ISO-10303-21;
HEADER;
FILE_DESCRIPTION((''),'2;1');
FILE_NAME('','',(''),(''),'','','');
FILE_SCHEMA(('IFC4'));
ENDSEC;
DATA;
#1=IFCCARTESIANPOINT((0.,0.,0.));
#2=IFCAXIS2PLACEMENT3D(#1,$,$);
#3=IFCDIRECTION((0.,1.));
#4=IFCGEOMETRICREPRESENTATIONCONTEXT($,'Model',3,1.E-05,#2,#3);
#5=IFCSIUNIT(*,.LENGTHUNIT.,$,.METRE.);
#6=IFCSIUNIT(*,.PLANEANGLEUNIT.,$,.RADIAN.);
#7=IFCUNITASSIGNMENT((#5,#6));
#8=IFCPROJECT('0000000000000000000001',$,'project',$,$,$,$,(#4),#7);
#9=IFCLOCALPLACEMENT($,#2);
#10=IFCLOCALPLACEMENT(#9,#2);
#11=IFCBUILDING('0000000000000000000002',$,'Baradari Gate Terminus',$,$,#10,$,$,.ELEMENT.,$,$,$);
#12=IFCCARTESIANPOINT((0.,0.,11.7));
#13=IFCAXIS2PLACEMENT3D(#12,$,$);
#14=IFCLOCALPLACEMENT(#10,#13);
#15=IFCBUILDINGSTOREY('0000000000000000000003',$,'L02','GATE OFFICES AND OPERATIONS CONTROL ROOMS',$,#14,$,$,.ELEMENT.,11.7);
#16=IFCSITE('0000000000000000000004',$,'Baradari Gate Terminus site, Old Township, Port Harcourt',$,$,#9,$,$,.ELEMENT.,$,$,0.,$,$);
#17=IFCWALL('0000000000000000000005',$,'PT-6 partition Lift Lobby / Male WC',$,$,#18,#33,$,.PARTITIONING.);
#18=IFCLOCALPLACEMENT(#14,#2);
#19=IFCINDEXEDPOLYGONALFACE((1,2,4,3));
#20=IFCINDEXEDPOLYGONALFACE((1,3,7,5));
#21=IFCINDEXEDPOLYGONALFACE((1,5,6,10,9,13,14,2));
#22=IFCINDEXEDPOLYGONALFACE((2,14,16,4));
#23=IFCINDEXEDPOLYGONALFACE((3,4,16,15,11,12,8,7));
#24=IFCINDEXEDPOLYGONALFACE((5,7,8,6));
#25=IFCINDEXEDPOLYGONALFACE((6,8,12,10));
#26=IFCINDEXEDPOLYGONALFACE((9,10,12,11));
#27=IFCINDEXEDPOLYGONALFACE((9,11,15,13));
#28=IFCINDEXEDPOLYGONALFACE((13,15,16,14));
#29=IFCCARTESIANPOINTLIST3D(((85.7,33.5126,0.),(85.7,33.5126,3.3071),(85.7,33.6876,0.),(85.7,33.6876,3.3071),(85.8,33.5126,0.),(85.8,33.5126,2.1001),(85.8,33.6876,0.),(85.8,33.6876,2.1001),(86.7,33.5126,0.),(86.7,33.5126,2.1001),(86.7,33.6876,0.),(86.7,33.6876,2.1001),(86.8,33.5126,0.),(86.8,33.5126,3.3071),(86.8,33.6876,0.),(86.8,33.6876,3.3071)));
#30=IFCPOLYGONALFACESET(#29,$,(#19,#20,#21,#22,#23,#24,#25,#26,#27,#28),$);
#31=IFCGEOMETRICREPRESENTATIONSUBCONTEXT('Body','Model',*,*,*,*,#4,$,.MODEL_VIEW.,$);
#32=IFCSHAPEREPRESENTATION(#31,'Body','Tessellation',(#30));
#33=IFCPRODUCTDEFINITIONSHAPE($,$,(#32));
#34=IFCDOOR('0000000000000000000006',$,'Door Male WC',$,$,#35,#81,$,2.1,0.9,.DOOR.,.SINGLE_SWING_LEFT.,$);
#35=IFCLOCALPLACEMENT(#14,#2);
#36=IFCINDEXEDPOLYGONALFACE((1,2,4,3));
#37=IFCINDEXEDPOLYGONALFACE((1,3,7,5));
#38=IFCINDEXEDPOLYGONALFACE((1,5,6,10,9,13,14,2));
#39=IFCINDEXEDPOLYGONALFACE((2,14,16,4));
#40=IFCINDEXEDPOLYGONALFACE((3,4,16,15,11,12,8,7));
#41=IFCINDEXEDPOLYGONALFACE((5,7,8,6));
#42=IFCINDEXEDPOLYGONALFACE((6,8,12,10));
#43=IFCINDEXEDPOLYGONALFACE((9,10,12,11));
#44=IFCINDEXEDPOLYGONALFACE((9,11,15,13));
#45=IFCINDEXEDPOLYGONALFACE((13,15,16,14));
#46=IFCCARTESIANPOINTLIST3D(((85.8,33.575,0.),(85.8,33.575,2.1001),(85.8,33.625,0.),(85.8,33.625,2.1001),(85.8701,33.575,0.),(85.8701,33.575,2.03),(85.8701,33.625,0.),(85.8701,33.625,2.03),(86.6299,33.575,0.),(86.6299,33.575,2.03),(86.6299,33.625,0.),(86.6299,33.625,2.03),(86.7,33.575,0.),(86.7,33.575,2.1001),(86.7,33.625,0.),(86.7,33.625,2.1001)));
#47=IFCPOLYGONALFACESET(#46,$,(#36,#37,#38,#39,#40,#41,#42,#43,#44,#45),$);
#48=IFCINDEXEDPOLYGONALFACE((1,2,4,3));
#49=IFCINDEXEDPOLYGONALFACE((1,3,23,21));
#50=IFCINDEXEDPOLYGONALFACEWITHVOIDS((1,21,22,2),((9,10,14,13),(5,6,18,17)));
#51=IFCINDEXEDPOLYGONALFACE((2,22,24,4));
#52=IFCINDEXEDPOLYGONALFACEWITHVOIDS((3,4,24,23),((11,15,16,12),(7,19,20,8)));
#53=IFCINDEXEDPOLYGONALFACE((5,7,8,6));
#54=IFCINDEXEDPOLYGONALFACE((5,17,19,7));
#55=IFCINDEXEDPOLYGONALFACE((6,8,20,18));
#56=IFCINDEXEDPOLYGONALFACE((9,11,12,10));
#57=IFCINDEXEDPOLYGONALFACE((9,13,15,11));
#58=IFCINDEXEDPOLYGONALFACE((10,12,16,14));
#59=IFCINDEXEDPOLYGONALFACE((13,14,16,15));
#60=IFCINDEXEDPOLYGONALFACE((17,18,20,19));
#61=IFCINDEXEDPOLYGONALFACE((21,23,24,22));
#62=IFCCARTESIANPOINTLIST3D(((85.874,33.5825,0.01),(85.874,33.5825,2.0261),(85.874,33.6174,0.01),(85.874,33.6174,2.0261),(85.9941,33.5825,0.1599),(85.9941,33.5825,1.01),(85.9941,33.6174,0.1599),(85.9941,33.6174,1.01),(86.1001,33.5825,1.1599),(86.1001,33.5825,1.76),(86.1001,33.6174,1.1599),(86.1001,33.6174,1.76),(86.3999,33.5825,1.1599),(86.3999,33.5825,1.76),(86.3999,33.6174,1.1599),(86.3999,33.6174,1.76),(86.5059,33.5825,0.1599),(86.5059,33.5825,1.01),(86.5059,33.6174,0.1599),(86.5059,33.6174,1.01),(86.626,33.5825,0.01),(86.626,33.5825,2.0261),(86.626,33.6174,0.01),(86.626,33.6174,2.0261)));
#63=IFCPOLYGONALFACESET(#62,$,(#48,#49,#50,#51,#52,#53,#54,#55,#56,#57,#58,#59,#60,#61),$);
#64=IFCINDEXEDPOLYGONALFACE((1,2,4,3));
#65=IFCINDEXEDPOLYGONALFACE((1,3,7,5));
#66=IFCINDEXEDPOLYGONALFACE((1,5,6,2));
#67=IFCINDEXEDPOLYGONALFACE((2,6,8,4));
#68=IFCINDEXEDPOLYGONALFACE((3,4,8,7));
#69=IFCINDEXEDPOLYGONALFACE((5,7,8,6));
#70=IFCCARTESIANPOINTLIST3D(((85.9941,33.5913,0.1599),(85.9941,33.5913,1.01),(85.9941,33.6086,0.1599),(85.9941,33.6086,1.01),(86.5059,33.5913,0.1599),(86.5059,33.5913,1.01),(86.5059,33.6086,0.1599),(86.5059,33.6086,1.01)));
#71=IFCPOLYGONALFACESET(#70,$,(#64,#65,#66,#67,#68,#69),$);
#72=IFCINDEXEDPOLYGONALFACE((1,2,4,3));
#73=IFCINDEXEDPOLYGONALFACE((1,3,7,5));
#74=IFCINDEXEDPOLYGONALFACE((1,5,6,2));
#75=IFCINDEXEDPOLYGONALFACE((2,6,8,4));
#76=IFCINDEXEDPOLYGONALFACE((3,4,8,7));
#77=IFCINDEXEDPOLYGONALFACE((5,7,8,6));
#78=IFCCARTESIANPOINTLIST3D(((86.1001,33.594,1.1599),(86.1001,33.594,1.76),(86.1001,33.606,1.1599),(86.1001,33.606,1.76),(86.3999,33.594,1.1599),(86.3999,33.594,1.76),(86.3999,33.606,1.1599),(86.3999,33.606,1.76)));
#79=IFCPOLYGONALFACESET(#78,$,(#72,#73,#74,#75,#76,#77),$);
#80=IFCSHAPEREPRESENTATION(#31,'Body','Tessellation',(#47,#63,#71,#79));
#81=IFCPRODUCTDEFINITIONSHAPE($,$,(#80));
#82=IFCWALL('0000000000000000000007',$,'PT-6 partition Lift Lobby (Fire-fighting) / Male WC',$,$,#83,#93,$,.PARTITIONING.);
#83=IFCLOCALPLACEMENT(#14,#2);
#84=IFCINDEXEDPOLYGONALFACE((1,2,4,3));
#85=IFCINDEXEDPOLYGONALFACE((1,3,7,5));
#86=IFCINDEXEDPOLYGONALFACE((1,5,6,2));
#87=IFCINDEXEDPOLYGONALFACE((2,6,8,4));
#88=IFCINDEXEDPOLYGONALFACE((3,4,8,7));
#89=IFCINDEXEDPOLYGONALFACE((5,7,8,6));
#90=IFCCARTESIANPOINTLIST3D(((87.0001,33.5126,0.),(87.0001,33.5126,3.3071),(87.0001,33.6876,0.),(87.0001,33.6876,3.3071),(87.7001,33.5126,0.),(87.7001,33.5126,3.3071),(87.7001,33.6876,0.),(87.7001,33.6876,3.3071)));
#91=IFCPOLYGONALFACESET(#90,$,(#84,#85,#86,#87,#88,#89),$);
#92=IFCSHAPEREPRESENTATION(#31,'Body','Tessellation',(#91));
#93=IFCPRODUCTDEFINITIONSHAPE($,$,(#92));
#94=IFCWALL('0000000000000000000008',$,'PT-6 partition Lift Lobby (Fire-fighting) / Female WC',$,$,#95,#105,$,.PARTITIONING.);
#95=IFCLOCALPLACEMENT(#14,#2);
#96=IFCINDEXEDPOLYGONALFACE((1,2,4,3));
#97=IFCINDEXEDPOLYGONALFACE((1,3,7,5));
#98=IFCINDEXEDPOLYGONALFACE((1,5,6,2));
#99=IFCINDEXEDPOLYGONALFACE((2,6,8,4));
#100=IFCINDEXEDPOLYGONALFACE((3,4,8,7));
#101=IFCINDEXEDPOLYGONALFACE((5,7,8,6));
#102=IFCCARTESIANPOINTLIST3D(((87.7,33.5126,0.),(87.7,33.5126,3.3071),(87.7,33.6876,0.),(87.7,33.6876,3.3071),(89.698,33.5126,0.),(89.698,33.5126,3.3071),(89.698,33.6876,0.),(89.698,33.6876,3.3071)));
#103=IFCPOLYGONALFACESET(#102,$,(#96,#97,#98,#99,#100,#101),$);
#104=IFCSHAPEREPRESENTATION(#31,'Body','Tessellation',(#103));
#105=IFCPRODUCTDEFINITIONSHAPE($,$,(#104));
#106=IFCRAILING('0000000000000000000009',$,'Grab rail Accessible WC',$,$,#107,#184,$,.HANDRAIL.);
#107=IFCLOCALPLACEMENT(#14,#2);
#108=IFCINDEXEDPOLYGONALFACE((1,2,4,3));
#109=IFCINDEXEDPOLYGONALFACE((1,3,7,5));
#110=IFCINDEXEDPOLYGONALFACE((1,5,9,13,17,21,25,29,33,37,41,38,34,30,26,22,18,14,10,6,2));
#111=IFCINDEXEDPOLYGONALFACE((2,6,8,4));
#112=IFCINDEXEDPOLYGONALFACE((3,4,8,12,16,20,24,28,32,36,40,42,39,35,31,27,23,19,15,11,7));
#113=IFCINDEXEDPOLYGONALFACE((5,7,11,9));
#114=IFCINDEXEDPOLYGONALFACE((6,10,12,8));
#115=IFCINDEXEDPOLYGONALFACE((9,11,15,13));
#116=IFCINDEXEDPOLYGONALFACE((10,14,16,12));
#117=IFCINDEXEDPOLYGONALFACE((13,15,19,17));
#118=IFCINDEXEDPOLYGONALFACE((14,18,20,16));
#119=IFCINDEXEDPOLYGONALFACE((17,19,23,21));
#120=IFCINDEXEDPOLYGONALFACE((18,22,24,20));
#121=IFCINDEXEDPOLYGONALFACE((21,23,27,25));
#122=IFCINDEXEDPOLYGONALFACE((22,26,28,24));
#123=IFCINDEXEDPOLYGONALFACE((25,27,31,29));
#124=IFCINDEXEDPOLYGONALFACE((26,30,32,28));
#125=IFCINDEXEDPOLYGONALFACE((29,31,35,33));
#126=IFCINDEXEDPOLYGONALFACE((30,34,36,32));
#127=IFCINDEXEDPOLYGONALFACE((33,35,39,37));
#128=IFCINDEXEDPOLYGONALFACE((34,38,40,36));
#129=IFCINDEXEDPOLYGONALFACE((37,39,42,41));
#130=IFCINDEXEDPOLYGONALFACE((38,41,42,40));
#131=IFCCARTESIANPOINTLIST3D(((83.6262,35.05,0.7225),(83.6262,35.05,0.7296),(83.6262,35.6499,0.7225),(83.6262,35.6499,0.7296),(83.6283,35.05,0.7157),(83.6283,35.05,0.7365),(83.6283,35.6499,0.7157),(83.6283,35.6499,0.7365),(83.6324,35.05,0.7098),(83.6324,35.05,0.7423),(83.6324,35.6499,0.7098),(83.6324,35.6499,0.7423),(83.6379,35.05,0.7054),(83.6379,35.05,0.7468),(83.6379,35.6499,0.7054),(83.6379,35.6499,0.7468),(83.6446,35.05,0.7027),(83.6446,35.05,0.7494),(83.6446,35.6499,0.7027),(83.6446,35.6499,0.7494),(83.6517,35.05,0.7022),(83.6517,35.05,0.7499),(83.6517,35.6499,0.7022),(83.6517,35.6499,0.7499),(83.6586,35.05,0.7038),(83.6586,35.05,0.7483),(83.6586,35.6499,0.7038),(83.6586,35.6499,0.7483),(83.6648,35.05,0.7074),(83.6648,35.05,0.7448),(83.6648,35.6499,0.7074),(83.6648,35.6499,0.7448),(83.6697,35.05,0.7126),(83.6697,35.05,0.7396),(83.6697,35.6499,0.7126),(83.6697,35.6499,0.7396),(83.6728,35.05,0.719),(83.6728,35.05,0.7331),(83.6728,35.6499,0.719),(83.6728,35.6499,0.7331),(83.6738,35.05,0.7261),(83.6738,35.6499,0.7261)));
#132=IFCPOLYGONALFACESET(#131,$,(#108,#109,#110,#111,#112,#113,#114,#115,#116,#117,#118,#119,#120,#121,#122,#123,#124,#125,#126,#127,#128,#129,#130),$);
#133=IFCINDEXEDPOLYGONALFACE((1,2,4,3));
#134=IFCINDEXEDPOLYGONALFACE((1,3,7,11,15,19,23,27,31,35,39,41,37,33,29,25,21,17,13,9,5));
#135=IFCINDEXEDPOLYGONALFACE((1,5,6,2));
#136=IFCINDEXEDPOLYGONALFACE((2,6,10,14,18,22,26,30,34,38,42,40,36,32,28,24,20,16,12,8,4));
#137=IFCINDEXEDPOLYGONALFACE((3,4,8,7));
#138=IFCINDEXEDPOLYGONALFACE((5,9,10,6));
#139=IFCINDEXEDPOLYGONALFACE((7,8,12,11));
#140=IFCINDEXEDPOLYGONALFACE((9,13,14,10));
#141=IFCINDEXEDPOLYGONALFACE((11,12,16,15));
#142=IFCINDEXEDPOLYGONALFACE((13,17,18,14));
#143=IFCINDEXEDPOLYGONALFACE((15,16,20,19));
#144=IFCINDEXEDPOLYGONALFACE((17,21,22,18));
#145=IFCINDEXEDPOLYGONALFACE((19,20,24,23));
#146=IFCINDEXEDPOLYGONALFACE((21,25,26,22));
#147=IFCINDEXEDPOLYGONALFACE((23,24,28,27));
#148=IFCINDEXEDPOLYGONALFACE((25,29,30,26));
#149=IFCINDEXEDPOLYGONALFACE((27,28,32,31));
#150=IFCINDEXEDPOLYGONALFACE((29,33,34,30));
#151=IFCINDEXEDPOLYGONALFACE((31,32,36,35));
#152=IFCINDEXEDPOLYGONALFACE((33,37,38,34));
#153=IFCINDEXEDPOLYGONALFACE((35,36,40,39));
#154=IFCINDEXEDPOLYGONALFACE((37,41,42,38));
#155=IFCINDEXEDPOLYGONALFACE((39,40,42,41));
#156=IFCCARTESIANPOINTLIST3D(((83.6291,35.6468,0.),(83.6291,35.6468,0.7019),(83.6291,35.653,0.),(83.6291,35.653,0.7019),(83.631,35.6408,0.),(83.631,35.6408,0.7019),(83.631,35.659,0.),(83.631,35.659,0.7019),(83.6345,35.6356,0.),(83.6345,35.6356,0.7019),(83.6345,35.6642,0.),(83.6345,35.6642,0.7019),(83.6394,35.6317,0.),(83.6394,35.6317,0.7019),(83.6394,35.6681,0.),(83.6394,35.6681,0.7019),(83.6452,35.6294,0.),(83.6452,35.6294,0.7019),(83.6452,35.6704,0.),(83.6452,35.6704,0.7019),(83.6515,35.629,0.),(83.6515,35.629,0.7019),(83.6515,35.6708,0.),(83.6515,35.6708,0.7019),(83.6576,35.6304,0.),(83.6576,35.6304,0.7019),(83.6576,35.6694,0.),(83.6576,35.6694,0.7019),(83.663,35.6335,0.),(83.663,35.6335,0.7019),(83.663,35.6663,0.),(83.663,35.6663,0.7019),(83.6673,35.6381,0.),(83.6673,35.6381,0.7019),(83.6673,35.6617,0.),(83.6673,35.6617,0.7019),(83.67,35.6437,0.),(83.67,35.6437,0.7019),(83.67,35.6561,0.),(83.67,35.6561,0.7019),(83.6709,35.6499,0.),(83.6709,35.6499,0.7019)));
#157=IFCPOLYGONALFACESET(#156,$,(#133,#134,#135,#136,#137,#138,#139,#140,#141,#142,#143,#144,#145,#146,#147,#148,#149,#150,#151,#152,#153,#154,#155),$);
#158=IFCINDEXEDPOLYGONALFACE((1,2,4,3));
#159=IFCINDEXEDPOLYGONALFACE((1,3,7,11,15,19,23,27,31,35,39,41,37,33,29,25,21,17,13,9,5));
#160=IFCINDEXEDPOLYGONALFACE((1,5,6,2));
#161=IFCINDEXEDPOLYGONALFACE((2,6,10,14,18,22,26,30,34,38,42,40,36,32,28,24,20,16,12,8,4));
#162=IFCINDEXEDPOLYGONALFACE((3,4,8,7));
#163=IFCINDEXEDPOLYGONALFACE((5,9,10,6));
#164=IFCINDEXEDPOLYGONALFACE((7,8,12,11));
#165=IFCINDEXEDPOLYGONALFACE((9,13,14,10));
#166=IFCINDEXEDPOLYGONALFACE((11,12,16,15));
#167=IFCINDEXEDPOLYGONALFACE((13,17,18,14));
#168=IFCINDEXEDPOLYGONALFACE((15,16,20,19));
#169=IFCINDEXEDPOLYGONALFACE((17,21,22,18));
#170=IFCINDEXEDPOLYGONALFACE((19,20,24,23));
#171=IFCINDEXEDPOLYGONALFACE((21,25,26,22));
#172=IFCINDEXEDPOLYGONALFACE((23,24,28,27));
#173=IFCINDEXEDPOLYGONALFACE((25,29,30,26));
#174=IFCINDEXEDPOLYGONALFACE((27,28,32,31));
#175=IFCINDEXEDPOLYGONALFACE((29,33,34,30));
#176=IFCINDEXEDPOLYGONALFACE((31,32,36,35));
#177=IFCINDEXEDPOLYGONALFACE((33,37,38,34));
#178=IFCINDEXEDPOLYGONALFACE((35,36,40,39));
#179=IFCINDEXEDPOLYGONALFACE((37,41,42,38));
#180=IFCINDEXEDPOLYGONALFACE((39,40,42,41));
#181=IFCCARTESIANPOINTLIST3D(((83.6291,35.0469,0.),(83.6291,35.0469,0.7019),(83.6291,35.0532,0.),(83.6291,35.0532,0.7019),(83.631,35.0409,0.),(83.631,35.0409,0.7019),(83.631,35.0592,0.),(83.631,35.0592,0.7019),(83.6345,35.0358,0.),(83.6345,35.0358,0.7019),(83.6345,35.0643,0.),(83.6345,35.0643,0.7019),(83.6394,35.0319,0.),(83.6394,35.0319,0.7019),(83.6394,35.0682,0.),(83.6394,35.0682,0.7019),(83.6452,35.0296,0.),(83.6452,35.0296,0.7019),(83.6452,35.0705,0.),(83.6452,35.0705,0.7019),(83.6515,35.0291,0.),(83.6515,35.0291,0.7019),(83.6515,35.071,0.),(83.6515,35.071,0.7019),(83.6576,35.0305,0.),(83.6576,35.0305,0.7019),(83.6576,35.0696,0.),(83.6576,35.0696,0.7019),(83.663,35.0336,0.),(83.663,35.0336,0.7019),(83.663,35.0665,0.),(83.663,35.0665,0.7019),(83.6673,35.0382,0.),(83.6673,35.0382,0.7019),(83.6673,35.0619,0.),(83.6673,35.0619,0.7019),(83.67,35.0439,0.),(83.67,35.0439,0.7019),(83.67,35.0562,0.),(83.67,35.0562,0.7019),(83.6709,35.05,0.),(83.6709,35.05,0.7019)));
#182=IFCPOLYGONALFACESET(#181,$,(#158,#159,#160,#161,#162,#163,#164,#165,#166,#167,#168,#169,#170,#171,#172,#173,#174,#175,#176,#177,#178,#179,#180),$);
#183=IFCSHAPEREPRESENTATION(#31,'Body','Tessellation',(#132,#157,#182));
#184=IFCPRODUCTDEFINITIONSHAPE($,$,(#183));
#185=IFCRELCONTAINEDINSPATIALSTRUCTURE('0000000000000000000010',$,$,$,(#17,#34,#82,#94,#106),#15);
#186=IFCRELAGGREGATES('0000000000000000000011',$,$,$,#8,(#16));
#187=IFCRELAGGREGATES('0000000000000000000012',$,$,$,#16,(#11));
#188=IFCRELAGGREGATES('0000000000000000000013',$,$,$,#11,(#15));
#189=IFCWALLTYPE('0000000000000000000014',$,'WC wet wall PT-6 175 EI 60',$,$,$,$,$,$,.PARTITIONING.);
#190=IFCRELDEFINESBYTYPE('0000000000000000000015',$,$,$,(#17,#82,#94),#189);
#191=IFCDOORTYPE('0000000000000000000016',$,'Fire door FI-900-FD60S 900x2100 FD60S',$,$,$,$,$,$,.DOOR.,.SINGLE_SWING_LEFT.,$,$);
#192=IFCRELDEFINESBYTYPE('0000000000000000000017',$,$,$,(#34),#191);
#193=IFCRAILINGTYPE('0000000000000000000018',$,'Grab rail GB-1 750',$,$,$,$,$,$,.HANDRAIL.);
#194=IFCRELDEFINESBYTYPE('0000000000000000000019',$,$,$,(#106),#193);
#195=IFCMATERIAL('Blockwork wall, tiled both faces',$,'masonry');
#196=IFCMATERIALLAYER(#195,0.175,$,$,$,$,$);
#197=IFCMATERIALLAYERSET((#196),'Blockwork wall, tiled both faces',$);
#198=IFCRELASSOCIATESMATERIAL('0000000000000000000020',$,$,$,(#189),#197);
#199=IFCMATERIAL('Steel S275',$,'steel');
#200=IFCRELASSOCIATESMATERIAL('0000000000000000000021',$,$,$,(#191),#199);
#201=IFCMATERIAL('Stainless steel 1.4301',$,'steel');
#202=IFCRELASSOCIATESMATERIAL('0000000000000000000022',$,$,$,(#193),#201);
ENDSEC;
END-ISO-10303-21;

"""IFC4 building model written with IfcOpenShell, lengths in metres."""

from ifc_helpers import new_model, si_unit, direction, frame, frame_2d, origin, origin_2d, place, context, subcontext, project, spatial, polyline, rectangle, circle, outline, extrude, material, layer, layer_set, type_object, element, fill, save


model = new_model("IFC4")

# Units and contexts
model_context = context("Model", 3, precision=1e-05, world=origin(), true_north=direction((0.0, 1.0)))
body_context = subcontext(model_context, "Body", "Model", "MODEL_VIEW")
ifc_project = project(units=[si_unit("LENGTHUNIT", "METRE"), si_unit("PLANEANGLEUNIT", "RADIAN")], contexts=[model_context])

# Site, building, storey
site_placement = place(None, origin())
site = spatial("IfcSite", under=ifc_project, at=site_placement, Name="Baradari Gate Terminus site, Old Township, Port Harcourt", CompositionType="ELEMENT", RefElevation=0.0)
building_placement = place(site_placement, origin())
building = spatial("IfcBuilding", under=site, at=building_placement, Name="Baradari Gate Terminus", CompositionType="ELEMENT")
storey_placement = place(building_placement, frame((0.0, 0.0, 11.7)))
storey = spatial("IfcBuildingStorey", under=building, at=storey_placement, Name="L02", Description="GATE OFFICES AND OPERATIONS CONTROL ROOMS", CompositionType="ELEMENT", Elevation=11.7)

# Shared definitions
ifc_material_1 = material(Name="Blockwork wall, tiled both faces", Category="masonry")
ifc_layer_1 = layer(ifc_material_1, 0.175)
ifc_layer_set_1 = layer_set([ifc_layer_1], Name="Blockwork wall, tiled both faces")
wall_type_1 = type_object("IfcWallType", Name="WC wet wall PT-6 175 EI 60", PredefinedType="PARTITIONING", material=ifc_layer_set_1)

# Wall, opening, door
wall_1_placement = place(storey_placement, frame((85.7, 33.6001, 0.0), z_axis=(0.0, 0.0, 1.0), x_axis=(1.0, 0.0, 0.0)))
wall_1 = element("IfcWall", 1, at=wall_1_placement, inside=storey, type_object=wall_type_1, Name="PT-6 partition Lift Lobby / Male WC", PredefinedType="PARTITIONING", context=body_context, shape_type="SweptSolid", body=[
    extrude(rectangle(XDim=1.1001, YDim=0.175, at=frame_2d((0.55, 0.0))), origin(), (0.0, 0.0, 1.0), 3.3071),
])
opening_1_placement = place(wall_1_placement, frame((0.1001, 0.0, 0.0)))
opening_1 = element("IfcOpeningElement", 2, at=opening_1_placement, cuts=wall_1, PredefinedType="OPENING", context=body_context, shape_type="SweptSolid", body=[
    extrude(rectangle(XDim=0.8999, YDim=2.1001, at=frame_2d((0.45, 1.05))), frame((0.0, 0.0974, 0.0), z_axis=(0.0, -1.0, 0.0), x_axis=(1.0, 0.0, 0.0)), (0.0, 0.0, 1.0), 0.1951),
])
ifc_material_2 = material(Name="Steel S275", Category="steel")
door_type_1 = type_object("IfcDoorType", Name="Fire door FI-900-FD60S 900x2100 FD60S", OperationType="SINGLE_SWING_LEFT", PredefinedType="DOOR", material=ifc_material_2)
door_1_placement = place(opening_1_placement, origin())
door_1 = element("IfcDoor", 3, at=door_1_placement, inside=storey, type_object=door_type_1, Name="Door Male WC", OperationType="SINGLE_SWING_LEFT", OverallHeight=2.1, OverallWidth=0.9, PredefinedType="DOOR", context=body_context, shape_type="SweptSolid", body=[
    extrude(outline(polyline([(0.0, 0.0), (0.0701, 0.0), (0.0701, 2.03), (0.8298, 2.03), (0.8298, 0.0), (0.8999, 0.0), (0.8999, 2.1001), (0.0, 2.1001), (0.0, 0.0)])), frame((0.0, 0.0249, 0.0), z_axis=(0.0, -1.0, 0.0), x_axis=(1.0, 0.0, 0.0)), (0.0, 0.0, 1.0), 0.05),
    extrude(outline(polyline([(0.074, 0.01), (0.8259, 0.01), (0.8259, 2.0261), (0.074, 2.0261), (0.074, 0.01)]), holes=[polyline([(0.1941, 0.1599), (0.7058, 0.1599), (0.7058, 1.01), (0.1941, 1.01), (0.1941, 0.1599)]), polyline([(0.3, 1.1599), (0.5999, 1.1599), (0.5999, 1.76), (0.3, 1.76), (0.3, 1.1599)])]), frame((0.0, 0.0173, 0.0), z_axis=(0.0, -1.0, 0.0), x_axis=(1.0, 0.0, 0.0)), (0.0, 0.0, 1.0), 0.0349),
    extrude(rectangle(XDim=0.5117, YDim=0.8501, at=frame_2d((0.45, 0.585))), frame((0.0, 0.0085, 0.0), z_axis=(0.0, -1.0, 0.0), x_axis=(1.0, 0.0, 0.0)), (0.0, 0.0, 1.0), 0.0173),
    extrude(rectangle(XDim=0.2998, YDim=0.6001, at=frame_2d((0.45, 1.46))), frame((0.0, 0.0059, 0.0), z_axis=(0.0, -1.0, 0.0), x_axis=(1.0, 0.0, 0.0)), (0.0, 0.0, 1.0), 0.012),
])
fill(opening_1, door_1)

# Walls
wall_2_placement = place(storey_placement, frame((87.0, 33.6001, 0.0), z_axis=(0.0, 0.0, 1.0), x_axis=(1.0, 0.0, 0.0)))
element("IfcWall", 4, at=wall_2_placement, inside=storey, type_object=wall_type_1, Name="PT-6 partition Lift Lobby (Fire-fighting) / Male WC", PredefinedType="PARTITIONING", context=body_context, shape_type="SweptSolid", body=[
    extrude(rectangle(XDim=0.7, YDim=0.175, at=frame_2d((0.3501, 0.0))), origin(), (0.0, 0.0, 1.0), 3.3071),
])
wall_3_placement = place(storey_placement, frame((87.7, 33.6001, 0.0), z_axis=(0.0, 0.0, 1.0), x_axis=(1.0, 0.0, 0.0)))
element("IfcWall", 5, at=wall_3_placement, inside=storey, type_object=wall_type_1, Name="PT-6 partition Lift Lobby (Fire-fighting) / Female WC", PredefinedType="PARTITIONING", context=body_context, shape_type="SweptSolid", body=[
    extrude(rectangle(XDim=1.998, YDim=0.175, at=frame_2d((0.999, 0.0))), origin(), (0.0, 0.0, 1.0), 3.3071),
])

# Railing
ifc_material_3 = material(Name="Stainless steel 1.4301", Category="steel")
railing_type = type_object("IfcRailingType", Name="Grab rail GB-1 750", PredefinedType="HANDRAIL", material=ifc_material_3)
for number, where, name in (
    (6, (83.6499, 35.6499, 0.0), "Grab rail Accessible WC"),
):
    element("IfcRailing", number, at=place(storey_placement, frame(where)), inside=storey, type_object=railing_type, Name=name, PredefinedType="HANDRAIL", context=body_context, shape_type="SweptSolid", body=[
        extrude(circle(Radius=0.0239, at=origin_2d()), frame((0.0, 0.0, 0.7261), z_axis=(0.0, -1.0, 0.0), x_axis=(1.0, 0.0, 0.0)), (0.0, 0.0, 1.0), 0.5999),
        extrude(circle(Radius=0.021, at=origin_2d()), origin(), (0.0, 0.0, 1.0), 0.7019),
        extrude(circle(Radius=0.021, at=origin_2d()), frame((0.0, -0.5999, 0.0)), (0.0, 0.0, 1.0), 0.7019),
    ])

save(model, "model.ifc")
